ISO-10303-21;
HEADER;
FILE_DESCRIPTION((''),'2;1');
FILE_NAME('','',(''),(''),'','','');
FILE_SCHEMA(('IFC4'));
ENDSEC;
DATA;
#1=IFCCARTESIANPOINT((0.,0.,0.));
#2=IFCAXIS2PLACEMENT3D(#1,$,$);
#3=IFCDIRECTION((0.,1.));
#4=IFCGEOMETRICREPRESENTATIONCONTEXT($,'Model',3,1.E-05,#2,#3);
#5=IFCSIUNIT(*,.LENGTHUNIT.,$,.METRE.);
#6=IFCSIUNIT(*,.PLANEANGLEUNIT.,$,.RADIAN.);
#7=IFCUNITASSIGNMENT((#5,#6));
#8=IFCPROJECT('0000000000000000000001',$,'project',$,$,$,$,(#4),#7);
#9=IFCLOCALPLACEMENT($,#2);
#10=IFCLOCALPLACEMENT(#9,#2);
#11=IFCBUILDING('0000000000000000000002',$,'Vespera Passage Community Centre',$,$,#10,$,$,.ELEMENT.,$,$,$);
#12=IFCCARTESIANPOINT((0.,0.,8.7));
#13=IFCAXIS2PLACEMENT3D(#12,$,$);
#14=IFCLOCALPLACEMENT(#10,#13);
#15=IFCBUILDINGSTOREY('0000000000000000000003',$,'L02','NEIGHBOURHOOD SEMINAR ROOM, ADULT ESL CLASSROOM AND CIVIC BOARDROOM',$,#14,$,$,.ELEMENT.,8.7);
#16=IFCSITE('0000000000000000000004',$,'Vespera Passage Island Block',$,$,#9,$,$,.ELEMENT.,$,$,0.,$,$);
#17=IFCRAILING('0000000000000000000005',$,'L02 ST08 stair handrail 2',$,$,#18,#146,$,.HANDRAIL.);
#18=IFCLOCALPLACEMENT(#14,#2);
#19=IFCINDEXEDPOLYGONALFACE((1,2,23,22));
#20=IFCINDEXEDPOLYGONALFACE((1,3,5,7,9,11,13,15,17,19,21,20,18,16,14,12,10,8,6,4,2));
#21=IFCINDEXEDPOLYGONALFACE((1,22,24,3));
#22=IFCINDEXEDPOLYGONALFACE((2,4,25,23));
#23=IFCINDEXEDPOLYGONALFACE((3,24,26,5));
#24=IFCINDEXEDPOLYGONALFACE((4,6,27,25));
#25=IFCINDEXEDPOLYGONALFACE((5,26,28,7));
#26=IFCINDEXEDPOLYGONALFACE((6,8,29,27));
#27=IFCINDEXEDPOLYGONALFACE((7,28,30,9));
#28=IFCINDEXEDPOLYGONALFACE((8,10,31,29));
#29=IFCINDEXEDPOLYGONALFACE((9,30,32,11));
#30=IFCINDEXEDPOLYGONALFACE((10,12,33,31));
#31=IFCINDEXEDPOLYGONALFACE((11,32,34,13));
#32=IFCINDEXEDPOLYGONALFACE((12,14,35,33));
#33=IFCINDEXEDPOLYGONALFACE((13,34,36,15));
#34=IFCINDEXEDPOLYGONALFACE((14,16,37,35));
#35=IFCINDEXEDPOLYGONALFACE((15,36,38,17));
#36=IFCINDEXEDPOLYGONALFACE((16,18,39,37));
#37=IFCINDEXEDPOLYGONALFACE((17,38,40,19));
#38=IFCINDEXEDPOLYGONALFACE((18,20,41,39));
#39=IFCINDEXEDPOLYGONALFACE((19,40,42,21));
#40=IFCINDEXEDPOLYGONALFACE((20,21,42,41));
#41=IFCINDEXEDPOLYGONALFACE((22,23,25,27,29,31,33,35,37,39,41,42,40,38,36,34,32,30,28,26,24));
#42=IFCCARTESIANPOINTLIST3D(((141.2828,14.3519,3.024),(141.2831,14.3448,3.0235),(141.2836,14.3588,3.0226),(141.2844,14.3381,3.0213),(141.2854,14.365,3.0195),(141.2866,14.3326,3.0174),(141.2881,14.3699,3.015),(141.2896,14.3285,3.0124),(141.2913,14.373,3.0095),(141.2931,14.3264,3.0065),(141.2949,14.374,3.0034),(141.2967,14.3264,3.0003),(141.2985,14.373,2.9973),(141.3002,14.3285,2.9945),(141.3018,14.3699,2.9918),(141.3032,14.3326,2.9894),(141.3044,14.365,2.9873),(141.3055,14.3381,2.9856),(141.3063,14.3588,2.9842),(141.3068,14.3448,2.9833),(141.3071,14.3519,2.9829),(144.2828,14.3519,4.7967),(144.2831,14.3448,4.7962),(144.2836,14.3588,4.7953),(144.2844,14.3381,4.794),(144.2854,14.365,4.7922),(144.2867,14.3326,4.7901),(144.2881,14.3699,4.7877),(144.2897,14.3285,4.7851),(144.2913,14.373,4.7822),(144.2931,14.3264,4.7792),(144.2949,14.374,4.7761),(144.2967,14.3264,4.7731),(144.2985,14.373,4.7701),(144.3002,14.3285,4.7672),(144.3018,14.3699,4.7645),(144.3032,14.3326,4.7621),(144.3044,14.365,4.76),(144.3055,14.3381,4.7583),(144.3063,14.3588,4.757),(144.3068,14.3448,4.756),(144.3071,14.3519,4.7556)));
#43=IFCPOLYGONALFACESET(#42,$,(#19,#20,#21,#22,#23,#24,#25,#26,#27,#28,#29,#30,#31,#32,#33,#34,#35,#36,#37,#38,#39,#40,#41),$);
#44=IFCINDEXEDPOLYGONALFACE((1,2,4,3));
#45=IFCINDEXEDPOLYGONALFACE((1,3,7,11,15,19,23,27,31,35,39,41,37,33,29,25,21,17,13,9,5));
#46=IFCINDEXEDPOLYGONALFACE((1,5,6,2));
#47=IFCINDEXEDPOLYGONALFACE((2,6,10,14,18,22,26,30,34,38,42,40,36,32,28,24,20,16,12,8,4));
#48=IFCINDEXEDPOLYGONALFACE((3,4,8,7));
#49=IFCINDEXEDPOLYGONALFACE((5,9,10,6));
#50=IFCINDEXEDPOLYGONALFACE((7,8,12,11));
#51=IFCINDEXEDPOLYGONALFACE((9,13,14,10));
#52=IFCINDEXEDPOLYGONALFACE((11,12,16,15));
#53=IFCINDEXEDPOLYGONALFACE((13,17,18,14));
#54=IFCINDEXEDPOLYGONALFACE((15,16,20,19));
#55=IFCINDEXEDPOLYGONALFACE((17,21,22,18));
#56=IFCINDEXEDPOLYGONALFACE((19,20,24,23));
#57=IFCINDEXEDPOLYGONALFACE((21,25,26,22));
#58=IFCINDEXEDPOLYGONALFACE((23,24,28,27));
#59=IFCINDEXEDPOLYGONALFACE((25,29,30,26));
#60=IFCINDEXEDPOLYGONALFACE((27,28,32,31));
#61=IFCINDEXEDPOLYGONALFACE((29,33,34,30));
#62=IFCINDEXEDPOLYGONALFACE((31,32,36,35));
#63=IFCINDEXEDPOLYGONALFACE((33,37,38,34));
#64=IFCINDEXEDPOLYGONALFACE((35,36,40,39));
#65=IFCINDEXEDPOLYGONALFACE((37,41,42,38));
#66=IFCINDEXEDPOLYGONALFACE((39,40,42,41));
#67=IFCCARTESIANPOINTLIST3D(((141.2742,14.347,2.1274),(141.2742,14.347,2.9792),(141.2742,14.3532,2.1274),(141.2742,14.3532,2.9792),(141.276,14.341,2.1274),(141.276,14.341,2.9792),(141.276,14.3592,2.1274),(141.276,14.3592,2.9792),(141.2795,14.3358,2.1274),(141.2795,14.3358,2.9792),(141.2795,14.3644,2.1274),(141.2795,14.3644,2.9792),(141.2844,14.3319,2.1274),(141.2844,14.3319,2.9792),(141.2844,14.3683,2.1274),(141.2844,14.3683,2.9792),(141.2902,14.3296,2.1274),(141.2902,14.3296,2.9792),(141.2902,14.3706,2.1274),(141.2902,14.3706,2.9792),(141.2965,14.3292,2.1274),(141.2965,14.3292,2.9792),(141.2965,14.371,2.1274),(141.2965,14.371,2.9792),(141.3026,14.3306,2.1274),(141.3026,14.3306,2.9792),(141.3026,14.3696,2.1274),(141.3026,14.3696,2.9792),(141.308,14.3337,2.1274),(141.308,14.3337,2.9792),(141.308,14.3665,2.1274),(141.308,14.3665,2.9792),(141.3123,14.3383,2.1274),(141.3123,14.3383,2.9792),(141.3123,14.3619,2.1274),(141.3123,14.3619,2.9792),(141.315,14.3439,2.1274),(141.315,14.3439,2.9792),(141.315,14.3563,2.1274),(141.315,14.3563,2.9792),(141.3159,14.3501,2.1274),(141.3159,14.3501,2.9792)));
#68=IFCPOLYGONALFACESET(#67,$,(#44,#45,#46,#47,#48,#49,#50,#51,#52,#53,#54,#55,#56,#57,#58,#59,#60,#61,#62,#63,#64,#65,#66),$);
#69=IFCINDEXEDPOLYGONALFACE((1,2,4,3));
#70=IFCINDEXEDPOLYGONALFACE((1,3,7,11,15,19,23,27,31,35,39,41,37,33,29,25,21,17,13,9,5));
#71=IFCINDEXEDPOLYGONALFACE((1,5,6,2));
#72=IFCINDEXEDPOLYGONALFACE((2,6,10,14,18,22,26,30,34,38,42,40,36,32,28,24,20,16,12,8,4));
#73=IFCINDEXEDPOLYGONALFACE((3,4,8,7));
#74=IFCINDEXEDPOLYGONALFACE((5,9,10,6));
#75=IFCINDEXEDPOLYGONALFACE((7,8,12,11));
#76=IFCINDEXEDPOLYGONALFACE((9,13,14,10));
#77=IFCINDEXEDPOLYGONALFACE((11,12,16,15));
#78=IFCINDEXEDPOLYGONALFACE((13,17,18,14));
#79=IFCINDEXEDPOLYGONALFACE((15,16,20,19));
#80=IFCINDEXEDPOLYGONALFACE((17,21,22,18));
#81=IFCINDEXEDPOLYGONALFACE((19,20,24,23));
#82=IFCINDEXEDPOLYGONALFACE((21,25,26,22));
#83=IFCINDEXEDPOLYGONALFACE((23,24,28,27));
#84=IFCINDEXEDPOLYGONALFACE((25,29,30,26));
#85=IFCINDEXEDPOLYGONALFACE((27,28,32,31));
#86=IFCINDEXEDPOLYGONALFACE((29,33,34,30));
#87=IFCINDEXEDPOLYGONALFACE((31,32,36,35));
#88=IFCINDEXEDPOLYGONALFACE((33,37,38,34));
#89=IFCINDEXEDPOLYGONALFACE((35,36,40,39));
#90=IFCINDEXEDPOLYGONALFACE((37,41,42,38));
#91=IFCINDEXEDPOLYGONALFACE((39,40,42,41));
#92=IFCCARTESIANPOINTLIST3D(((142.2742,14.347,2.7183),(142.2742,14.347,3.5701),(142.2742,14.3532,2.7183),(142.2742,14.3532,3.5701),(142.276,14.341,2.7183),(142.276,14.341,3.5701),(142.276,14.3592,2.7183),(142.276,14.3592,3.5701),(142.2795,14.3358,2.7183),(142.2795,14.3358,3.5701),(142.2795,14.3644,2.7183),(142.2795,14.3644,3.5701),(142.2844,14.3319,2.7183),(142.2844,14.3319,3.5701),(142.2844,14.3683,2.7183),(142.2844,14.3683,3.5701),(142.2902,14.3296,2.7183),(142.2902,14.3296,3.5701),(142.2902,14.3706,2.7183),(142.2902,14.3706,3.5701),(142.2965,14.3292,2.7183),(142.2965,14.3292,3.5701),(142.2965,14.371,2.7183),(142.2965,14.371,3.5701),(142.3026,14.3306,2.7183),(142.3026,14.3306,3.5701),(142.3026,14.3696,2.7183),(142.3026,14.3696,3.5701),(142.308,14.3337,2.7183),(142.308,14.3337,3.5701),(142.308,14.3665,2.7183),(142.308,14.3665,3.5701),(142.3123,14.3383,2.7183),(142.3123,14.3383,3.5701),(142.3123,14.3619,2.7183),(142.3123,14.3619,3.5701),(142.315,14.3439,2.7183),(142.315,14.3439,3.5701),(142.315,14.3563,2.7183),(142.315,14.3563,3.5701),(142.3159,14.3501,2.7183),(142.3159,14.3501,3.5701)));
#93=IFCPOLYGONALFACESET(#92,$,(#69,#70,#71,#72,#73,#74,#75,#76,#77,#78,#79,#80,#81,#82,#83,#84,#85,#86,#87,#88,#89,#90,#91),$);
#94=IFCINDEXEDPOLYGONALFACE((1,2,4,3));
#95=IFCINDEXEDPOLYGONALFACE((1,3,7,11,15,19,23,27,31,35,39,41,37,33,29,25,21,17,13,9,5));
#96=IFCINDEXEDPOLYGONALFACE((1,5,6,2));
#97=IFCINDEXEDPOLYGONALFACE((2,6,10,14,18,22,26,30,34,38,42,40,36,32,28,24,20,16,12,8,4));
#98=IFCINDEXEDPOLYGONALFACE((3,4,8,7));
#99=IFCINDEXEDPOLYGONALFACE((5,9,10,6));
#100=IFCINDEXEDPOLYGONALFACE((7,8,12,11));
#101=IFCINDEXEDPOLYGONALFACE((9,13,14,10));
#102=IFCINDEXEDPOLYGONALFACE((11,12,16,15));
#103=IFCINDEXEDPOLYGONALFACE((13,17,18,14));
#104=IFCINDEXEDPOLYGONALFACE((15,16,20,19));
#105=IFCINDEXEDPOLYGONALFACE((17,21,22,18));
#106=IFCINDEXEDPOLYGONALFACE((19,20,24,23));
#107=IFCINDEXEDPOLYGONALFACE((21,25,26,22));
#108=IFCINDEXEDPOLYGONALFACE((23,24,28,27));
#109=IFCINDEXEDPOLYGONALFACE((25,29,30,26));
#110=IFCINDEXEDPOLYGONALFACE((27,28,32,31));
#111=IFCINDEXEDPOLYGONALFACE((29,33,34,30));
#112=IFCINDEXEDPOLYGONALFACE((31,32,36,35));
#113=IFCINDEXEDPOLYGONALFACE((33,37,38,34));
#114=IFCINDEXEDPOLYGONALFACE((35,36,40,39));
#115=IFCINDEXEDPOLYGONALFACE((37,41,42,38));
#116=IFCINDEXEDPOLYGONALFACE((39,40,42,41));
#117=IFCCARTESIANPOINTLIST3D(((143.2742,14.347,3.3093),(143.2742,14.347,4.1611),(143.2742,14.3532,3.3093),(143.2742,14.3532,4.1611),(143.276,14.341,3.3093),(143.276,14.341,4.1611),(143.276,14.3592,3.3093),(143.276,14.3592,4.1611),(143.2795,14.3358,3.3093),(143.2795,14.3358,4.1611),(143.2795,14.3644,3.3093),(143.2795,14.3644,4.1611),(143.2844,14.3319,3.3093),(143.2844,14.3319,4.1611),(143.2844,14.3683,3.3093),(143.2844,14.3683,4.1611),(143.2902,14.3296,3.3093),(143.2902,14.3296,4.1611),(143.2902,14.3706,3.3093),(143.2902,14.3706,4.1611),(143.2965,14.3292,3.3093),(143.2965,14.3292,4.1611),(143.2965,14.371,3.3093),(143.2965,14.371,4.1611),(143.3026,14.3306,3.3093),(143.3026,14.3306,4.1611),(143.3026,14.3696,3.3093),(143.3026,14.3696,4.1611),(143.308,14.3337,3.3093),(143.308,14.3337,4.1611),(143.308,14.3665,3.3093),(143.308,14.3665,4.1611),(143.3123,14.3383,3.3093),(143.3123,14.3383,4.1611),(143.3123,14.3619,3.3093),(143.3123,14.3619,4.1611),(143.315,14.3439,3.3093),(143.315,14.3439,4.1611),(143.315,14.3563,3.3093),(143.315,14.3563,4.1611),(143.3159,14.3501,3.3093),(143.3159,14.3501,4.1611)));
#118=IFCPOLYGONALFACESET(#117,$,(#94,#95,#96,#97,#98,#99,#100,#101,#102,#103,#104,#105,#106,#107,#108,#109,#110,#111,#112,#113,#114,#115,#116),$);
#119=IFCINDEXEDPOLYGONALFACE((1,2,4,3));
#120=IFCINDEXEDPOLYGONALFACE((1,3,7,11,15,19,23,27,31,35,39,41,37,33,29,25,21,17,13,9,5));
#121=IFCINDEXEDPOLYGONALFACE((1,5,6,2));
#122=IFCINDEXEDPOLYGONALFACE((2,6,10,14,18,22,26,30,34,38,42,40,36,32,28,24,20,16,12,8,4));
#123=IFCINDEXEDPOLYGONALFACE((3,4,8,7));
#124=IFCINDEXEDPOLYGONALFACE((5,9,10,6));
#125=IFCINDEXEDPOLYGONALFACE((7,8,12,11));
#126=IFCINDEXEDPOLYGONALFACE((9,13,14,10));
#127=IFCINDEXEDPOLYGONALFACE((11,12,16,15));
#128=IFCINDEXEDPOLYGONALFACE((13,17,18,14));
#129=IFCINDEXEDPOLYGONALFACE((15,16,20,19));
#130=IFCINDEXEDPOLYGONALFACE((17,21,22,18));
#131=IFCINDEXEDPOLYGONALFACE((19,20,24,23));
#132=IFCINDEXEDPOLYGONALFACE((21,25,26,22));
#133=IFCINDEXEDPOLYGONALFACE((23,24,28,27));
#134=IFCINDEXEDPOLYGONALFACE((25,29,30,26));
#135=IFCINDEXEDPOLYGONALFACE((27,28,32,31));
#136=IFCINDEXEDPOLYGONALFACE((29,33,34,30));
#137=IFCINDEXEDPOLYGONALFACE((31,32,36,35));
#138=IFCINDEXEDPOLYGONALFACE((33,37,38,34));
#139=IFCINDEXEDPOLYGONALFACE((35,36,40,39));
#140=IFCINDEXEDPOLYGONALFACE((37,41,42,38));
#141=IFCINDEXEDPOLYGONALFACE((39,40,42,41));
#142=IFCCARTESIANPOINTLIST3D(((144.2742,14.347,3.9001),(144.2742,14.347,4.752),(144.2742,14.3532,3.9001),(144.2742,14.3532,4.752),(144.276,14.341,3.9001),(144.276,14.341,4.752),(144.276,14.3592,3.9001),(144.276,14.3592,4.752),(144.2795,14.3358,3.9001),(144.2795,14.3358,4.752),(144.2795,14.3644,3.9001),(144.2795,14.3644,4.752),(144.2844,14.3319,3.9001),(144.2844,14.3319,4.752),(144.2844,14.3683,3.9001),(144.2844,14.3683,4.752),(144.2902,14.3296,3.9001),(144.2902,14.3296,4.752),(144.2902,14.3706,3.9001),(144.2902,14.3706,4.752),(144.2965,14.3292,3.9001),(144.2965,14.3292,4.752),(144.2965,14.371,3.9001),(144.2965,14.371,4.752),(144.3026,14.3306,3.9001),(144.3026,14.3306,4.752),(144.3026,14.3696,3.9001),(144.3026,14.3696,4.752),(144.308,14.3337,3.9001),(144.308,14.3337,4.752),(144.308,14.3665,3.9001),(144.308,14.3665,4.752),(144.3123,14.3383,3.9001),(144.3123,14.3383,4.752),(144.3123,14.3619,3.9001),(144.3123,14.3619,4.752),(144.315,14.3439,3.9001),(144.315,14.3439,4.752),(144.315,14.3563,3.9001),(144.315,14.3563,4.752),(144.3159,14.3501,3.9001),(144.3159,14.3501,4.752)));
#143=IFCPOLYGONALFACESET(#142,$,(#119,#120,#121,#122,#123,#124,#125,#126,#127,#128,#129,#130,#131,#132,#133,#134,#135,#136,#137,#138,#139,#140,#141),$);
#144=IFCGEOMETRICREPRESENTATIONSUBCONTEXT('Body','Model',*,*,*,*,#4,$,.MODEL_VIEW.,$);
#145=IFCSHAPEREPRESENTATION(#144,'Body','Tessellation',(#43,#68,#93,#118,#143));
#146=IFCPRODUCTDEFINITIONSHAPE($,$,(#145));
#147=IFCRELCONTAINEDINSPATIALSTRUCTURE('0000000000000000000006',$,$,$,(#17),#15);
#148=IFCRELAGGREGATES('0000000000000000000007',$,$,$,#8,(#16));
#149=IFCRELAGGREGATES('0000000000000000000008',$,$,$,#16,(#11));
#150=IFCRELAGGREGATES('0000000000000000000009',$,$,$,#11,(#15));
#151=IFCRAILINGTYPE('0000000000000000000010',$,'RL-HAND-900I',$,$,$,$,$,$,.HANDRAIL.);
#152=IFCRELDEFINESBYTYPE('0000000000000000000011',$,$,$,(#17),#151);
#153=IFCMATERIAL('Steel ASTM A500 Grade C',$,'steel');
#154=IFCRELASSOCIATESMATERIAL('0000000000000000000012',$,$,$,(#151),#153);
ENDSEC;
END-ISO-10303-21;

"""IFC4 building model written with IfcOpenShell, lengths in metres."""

from ifc_helpers import new_model, si_unit, direction, frame, origin, origin_2d, place, context, subcontext, project, spatial, circle, extrude, material, type_object, element, save


model = new_model("IFC4")

# Units and contexts
model_context = context("Model", 3, precision=1e-05, world=origin(), true_north=direction((0.0, 1.0)))
body_context = subcontext(model_context, "Body", "Model", "MODEL_VIEW")
ifc_project = project(units=[si_unit("LENGTHUNIT", "METRE"), si_unit("PLANEANGLEUNIT", "RADIAN")], contexts=[model_context])

# Site, building, storey
site_placement = place(None, origin())
site = spatial("IfcSite", under=ifc_project, at=site_placement, Name="Vespera Passage Island Block", CompositionType="ELEMENT", RefElevation=0.0)
building_placement = place(site_placement, origin())
building = spatial("IfcBuilding", under=site, at=building_placement, Name="Vespera Passage Community Centre", CompositionType="ELEMENT")
storey_placement = place(building_placement, frame((0.0, 0.0, 8.7)))
storey = spatial("IfcBuildingStorey", under=building, at=storey_placement, Name="L02", Description="NEIGHBOURHOOD SEMINAR ROOM, ADULT ESL CLASSROOM AND CIVIC BOARDROOM", CompositionType="ELEMENT", Elevation=8.7)

# Railing
ifc_material_1 = material(Name="Steel ASTM A500 Grade C", Category="steel")
railing_type_1 = type_object("IfcRailingType", Name="RL-HAND-900I", PredefinedType="HANDRAIL", material=ifc_material_1)
railing_1_placement = place(storey_placement, frame((141.2949, 14.3501, 2.1274)))
element("IfcRailing", 1, at=railing_1_placement, inside=storey, type_object=railing_type_1, Name="L02 ST08 stair handrail 2", PredefinedType="HANDRAIL", context=body_context, shape_type="SweptSolid", body=[
    extrude(circle(Radius=0.0239, at=origin_2d()), frame((0.0, 0.0, 0.876), z_axis=(0.860929, 0.0, 0.508725), x_axis=(0.0, 1.0, 0.0)), (0.0, 0.0, 1.0), 3.4846),
    extrude(circle(Radius=0.021, at=origin_2d()), origin(), (0.0, 0.0, 1.0), 0.8518),
    extrude(circle(Radius=0.021, at=origin_2d()), frame((1.0, 0.0, 0.5908)), (0.0, 0.0, 1.0), 0.8518),
    extrude(circle(Radius=0.021, at=origin_2d()), frame((2.0, 0.0, 1.1819)), (0.0, 0.0, 1.0), 0.8518),
    extrude(circle(Radius=0.021, at=origin_2d()), frame((3.0, 0.0, 1.7727)), (0.0, 0.0, 1.0), 0.8518),
])

save(model, "model.ifc")
